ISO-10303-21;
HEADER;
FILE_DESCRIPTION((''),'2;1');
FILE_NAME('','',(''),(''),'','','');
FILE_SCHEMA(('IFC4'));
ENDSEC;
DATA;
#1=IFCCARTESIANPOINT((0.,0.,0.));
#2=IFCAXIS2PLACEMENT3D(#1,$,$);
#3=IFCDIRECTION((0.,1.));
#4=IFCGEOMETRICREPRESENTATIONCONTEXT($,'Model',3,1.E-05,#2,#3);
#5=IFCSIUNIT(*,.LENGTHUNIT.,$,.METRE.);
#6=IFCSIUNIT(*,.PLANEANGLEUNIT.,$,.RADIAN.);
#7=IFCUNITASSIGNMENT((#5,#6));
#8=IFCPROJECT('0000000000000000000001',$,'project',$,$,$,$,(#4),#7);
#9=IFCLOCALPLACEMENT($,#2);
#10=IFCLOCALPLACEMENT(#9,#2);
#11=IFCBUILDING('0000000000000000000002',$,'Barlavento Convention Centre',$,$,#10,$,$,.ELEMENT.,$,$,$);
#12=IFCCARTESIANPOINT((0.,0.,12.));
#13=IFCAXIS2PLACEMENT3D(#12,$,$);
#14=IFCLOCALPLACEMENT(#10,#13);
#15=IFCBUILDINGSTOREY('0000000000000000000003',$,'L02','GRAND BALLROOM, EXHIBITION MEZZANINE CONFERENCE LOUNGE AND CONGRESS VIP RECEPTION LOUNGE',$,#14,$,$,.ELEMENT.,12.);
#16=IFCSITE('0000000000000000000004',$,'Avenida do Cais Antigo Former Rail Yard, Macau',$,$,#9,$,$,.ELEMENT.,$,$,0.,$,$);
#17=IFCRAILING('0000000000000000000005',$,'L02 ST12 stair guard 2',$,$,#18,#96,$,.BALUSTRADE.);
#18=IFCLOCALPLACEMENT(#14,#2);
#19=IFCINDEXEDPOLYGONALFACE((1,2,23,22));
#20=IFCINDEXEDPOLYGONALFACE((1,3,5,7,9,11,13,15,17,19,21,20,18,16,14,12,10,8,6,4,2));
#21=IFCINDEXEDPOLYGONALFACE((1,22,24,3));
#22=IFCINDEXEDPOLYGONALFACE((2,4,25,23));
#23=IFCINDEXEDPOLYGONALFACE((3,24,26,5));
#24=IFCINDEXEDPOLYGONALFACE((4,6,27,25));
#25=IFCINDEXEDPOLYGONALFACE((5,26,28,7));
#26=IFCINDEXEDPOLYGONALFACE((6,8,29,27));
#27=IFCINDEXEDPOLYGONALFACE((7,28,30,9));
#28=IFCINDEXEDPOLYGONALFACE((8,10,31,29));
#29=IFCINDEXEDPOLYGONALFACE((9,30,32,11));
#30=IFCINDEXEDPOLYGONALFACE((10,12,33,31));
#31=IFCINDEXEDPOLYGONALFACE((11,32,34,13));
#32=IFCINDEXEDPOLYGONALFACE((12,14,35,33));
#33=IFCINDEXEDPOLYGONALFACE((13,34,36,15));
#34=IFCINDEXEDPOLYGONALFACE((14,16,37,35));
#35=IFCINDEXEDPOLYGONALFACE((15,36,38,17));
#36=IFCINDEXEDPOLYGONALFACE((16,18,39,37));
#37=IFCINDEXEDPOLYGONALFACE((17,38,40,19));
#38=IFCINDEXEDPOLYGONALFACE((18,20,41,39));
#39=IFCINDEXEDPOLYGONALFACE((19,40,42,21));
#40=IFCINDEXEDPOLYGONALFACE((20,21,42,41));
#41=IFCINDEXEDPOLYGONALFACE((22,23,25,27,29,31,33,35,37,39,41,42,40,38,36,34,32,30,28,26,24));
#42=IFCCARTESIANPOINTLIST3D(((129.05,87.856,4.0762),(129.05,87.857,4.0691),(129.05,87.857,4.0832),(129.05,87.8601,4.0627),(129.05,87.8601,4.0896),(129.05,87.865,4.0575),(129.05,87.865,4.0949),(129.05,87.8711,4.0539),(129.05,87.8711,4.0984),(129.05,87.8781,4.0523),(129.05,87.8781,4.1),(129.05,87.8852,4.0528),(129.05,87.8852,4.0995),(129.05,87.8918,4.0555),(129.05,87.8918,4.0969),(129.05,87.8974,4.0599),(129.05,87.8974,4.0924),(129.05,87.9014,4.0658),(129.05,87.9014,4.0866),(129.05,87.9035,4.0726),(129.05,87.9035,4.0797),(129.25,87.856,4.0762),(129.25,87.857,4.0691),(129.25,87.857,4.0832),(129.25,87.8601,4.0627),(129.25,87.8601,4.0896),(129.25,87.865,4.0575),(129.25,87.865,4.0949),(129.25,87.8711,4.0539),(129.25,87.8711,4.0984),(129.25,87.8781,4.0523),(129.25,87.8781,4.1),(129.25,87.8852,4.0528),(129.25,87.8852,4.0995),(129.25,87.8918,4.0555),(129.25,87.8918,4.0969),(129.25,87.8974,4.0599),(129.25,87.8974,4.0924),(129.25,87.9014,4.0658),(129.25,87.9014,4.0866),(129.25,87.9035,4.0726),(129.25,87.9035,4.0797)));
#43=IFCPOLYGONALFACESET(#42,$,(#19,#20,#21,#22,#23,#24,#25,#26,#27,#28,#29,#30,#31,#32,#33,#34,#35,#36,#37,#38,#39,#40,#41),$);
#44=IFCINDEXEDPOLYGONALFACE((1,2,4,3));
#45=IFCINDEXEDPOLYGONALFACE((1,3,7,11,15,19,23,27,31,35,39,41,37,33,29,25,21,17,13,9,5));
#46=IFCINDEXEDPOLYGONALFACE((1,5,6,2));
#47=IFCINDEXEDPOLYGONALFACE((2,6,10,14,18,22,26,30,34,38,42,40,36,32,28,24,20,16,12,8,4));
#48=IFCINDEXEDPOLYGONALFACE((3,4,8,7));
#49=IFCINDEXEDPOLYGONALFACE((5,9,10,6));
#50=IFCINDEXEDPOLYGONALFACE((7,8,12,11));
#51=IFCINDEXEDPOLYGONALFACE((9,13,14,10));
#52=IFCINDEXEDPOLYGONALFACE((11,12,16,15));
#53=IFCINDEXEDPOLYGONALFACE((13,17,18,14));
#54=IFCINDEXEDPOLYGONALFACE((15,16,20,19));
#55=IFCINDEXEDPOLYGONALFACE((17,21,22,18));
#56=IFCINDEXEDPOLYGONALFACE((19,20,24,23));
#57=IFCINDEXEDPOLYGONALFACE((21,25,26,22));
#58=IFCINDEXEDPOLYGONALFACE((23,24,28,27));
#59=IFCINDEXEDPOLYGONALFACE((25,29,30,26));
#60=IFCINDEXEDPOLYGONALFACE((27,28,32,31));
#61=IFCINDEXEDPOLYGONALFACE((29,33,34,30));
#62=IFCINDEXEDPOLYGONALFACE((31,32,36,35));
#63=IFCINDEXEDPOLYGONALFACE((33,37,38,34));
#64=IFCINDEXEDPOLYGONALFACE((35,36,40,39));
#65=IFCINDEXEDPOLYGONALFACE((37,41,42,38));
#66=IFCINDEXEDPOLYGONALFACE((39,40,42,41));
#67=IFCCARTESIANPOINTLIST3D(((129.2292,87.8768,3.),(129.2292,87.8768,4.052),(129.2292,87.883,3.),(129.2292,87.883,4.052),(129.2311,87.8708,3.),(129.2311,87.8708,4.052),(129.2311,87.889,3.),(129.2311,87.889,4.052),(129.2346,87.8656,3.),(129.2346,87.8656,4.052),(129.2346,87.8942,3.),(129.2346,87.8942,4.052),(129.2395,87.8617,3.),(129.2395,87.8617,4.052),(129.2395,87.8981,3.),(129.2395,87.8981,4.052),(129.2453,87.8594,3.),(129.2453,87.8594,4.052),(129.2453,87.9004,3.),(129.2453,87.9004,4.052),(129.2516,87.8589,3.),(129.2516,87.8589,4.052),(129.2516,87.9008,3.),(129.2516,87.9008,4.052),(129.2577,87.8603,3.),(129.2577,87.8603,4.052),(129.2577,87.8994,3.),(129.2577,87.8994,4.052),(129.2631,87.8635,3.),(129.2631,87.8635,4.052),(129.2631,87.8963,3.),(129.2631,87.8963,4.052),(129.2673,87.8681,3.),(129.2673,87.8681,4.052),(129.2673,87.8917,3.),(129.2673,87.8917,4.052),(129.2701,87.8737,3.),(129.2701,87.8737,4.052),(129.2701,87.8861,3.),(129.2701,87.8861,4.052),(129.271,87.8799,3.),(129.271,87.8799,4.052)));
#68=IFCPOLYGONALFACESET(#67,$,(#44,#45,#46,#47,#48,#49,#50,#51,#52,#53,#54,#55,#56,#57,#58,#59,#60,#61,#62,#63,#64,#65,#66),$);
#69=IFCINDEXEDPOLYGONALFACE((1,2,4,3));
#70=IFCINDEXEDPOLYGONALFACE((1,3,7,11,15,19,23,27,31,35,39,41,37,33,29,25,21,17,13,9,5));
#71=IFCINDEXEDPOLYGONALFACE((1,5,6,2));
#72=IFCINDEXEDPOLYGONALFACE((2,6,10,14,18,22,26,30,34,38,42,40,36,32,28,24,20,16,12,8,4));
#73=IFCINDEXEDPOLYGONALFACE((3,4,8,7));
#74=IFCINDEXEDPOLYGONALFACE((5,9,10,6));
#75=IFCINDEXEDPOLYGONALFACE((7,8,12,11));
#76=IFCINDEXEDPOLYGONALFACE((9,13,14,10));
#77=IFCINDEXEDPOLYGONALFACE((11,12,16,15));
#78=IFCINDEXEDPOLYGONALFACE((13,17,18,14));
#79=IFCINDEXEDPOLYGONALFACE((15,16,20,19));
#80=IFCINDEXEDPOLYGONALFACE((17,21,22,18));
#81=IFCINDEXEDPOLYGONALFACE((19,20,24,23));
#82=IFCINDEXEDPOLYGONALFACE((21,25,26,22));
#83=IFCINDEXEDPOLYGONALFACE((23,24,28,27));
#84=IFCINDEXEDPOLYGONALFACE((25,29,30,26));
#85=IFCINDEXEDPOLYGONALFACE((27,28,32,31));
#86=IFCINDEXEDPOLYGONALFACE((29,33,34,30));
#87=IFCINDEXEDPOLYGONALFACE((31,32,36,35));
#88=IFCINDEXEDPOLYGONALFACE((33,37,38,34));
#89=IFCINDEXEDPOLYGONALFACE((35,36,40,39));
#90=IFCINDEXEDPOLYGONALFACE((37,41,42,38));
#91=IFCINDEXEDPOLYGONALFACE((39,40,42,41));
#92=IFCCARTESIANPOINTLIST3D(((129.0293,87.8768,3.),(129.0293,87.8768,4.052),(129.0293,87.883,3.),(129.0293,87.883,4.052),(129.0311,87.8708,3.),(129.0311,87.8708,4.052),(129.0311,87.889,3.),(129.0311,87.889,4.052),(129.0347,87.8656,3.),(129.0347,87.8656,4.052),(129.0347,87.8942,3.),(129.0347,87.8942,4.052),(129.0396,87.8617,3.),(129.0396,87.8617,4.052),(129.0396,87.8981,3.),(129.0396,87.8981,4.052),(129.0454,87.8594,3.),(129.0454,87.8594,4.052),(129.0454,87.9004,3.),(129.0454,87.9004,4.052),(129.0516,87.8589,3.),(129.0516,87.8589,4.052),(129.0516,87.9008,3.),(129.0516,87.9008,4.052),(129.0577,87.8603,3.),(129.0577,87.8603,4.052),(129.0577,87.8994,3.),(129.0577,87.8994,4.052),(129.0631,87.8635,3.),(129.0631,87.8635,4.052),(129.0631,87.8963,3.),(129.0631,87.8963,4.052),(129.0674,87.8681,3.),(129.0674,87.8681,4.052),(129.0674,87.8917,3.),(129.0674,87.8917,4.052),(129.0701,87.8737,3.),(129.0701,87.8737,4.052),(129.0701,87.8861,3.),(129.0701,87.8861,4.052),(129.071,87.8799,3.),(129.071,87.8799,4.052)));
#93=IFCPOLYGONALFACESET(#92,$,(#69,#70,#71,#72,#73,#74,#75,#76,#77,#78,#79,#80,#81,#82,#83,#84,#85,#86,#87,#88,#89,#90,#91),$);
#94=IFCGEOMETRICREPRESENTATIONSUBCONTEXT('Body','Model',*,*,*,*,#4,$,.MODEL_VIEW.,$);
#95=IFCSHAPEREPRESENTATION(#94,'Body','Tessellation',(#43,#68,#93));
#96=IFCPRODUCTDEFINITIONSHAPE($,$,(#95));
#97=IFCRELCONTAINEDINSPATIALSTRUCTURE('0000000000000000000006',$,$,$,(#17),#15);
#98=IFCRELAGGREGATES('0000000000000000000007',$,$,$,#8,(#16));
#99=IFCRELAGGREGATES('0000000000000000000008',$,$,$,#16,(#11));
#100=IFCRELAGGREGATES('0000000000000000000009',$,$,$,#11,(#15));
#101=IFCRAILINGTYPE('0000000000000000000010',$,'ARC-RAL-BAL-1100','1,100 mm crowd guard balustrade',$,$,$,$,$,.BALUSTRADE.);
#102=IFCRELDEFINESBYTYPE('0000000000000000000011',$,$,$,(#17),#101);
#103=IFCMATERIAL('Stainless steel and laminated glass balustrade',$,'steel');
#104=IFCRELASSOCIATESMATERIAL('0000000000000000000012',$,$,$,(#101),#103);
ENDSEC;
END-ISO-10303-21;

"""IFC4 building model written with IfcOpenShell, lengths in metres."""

from ifc_helpers import new_model, si_unit, direction, frame, origin, origin_2d, place, context, subcontext, project, spatial, circle, extrude, material, type_object, element, save


model = new_model("IFC4")

# Units and contexts
model_context = context("Model", 3, precision=1e-05, world=origin(), true_north=direction((0.0, 1.0)))
body_context = subcontext(model_context, "Body", "Model", "MODEL_VIEW")
ifc_project = project(units=[si_unit("LENGTHUNIT", "METRE"), si_unit("PLANEANGLEUNIT", "RADIAN")], contexts=[model_context])

# Site, building, storey
site_placement = place(None, origin())
site = spatial("IfcSite", under=ifc_project, at=site_placement, Name="Avenida do Cais Antigo Former Rail Yard, Macau", CompositionType="ELEMENT", RefElevation=0.0)
building_placement = place(site_placement, origin())
building = spatial("IfcBuilding", under=site, at=building_placement, Name="Barlavento Convention Centre", CompositionType="ELEMENT")
storey_placement = place(building_placement, frame((0.0, 0.0, 12.0)))
storey = spatial("IfcBuildingStorey", under=building, at=storey_placement, Name="L02", Description="GRAND BALLROOM, EXHIBITION MEZZANINE CONFERENCE LOUNGE AND CONGRESS VIP RECEPTION LOUNGE", CompositionType="ELEMENT", Elevation=12.0)

# Railing
ifc_material_1 = material(Name="Stainless steel and laminated glass balustrade", Category="steel")
railing_type_1 = type_object("IfcRailingType", Name="ARC-RAL-BAL-1100", Description="1,100 mm crowd guard balustrade", PredefinedType="BALUSTRADE", material=ifc_material_1)
railing_1_placement = place(storey_placement, frame((129.25, 87.8799, 3.0)))
element("IfcRailing", 1, at=railing_1_placement, inside=storey, type_object=railing_type_1, Name="L02 ST12 stair guard 2", PredefinedType="BALUSTRADE", context=body_context, shape_type="SweptSolid", body=[
    extrude(circle(Radius=0.0239, at=origin_2d()), frame((0.0, 0.0, 1.0762), z_axis=(-1.0, 0.0, 0.0), x_axis=(0.0, -1.0, 0.0)), (0.0, 0.0, 1.0), 0.2),
    extrude(circle(Radius=0.021, at=origin_2d()), origin(), (0.0, 0.0, 1.0), 1.052),
    extrude(circle(Radius=0.021, at=origin_2d()), frame((-0.2, 0.0, 0.0)), (0.0, 0.0, 1.0), 1.052),
])

save(model, "model.ifc")
